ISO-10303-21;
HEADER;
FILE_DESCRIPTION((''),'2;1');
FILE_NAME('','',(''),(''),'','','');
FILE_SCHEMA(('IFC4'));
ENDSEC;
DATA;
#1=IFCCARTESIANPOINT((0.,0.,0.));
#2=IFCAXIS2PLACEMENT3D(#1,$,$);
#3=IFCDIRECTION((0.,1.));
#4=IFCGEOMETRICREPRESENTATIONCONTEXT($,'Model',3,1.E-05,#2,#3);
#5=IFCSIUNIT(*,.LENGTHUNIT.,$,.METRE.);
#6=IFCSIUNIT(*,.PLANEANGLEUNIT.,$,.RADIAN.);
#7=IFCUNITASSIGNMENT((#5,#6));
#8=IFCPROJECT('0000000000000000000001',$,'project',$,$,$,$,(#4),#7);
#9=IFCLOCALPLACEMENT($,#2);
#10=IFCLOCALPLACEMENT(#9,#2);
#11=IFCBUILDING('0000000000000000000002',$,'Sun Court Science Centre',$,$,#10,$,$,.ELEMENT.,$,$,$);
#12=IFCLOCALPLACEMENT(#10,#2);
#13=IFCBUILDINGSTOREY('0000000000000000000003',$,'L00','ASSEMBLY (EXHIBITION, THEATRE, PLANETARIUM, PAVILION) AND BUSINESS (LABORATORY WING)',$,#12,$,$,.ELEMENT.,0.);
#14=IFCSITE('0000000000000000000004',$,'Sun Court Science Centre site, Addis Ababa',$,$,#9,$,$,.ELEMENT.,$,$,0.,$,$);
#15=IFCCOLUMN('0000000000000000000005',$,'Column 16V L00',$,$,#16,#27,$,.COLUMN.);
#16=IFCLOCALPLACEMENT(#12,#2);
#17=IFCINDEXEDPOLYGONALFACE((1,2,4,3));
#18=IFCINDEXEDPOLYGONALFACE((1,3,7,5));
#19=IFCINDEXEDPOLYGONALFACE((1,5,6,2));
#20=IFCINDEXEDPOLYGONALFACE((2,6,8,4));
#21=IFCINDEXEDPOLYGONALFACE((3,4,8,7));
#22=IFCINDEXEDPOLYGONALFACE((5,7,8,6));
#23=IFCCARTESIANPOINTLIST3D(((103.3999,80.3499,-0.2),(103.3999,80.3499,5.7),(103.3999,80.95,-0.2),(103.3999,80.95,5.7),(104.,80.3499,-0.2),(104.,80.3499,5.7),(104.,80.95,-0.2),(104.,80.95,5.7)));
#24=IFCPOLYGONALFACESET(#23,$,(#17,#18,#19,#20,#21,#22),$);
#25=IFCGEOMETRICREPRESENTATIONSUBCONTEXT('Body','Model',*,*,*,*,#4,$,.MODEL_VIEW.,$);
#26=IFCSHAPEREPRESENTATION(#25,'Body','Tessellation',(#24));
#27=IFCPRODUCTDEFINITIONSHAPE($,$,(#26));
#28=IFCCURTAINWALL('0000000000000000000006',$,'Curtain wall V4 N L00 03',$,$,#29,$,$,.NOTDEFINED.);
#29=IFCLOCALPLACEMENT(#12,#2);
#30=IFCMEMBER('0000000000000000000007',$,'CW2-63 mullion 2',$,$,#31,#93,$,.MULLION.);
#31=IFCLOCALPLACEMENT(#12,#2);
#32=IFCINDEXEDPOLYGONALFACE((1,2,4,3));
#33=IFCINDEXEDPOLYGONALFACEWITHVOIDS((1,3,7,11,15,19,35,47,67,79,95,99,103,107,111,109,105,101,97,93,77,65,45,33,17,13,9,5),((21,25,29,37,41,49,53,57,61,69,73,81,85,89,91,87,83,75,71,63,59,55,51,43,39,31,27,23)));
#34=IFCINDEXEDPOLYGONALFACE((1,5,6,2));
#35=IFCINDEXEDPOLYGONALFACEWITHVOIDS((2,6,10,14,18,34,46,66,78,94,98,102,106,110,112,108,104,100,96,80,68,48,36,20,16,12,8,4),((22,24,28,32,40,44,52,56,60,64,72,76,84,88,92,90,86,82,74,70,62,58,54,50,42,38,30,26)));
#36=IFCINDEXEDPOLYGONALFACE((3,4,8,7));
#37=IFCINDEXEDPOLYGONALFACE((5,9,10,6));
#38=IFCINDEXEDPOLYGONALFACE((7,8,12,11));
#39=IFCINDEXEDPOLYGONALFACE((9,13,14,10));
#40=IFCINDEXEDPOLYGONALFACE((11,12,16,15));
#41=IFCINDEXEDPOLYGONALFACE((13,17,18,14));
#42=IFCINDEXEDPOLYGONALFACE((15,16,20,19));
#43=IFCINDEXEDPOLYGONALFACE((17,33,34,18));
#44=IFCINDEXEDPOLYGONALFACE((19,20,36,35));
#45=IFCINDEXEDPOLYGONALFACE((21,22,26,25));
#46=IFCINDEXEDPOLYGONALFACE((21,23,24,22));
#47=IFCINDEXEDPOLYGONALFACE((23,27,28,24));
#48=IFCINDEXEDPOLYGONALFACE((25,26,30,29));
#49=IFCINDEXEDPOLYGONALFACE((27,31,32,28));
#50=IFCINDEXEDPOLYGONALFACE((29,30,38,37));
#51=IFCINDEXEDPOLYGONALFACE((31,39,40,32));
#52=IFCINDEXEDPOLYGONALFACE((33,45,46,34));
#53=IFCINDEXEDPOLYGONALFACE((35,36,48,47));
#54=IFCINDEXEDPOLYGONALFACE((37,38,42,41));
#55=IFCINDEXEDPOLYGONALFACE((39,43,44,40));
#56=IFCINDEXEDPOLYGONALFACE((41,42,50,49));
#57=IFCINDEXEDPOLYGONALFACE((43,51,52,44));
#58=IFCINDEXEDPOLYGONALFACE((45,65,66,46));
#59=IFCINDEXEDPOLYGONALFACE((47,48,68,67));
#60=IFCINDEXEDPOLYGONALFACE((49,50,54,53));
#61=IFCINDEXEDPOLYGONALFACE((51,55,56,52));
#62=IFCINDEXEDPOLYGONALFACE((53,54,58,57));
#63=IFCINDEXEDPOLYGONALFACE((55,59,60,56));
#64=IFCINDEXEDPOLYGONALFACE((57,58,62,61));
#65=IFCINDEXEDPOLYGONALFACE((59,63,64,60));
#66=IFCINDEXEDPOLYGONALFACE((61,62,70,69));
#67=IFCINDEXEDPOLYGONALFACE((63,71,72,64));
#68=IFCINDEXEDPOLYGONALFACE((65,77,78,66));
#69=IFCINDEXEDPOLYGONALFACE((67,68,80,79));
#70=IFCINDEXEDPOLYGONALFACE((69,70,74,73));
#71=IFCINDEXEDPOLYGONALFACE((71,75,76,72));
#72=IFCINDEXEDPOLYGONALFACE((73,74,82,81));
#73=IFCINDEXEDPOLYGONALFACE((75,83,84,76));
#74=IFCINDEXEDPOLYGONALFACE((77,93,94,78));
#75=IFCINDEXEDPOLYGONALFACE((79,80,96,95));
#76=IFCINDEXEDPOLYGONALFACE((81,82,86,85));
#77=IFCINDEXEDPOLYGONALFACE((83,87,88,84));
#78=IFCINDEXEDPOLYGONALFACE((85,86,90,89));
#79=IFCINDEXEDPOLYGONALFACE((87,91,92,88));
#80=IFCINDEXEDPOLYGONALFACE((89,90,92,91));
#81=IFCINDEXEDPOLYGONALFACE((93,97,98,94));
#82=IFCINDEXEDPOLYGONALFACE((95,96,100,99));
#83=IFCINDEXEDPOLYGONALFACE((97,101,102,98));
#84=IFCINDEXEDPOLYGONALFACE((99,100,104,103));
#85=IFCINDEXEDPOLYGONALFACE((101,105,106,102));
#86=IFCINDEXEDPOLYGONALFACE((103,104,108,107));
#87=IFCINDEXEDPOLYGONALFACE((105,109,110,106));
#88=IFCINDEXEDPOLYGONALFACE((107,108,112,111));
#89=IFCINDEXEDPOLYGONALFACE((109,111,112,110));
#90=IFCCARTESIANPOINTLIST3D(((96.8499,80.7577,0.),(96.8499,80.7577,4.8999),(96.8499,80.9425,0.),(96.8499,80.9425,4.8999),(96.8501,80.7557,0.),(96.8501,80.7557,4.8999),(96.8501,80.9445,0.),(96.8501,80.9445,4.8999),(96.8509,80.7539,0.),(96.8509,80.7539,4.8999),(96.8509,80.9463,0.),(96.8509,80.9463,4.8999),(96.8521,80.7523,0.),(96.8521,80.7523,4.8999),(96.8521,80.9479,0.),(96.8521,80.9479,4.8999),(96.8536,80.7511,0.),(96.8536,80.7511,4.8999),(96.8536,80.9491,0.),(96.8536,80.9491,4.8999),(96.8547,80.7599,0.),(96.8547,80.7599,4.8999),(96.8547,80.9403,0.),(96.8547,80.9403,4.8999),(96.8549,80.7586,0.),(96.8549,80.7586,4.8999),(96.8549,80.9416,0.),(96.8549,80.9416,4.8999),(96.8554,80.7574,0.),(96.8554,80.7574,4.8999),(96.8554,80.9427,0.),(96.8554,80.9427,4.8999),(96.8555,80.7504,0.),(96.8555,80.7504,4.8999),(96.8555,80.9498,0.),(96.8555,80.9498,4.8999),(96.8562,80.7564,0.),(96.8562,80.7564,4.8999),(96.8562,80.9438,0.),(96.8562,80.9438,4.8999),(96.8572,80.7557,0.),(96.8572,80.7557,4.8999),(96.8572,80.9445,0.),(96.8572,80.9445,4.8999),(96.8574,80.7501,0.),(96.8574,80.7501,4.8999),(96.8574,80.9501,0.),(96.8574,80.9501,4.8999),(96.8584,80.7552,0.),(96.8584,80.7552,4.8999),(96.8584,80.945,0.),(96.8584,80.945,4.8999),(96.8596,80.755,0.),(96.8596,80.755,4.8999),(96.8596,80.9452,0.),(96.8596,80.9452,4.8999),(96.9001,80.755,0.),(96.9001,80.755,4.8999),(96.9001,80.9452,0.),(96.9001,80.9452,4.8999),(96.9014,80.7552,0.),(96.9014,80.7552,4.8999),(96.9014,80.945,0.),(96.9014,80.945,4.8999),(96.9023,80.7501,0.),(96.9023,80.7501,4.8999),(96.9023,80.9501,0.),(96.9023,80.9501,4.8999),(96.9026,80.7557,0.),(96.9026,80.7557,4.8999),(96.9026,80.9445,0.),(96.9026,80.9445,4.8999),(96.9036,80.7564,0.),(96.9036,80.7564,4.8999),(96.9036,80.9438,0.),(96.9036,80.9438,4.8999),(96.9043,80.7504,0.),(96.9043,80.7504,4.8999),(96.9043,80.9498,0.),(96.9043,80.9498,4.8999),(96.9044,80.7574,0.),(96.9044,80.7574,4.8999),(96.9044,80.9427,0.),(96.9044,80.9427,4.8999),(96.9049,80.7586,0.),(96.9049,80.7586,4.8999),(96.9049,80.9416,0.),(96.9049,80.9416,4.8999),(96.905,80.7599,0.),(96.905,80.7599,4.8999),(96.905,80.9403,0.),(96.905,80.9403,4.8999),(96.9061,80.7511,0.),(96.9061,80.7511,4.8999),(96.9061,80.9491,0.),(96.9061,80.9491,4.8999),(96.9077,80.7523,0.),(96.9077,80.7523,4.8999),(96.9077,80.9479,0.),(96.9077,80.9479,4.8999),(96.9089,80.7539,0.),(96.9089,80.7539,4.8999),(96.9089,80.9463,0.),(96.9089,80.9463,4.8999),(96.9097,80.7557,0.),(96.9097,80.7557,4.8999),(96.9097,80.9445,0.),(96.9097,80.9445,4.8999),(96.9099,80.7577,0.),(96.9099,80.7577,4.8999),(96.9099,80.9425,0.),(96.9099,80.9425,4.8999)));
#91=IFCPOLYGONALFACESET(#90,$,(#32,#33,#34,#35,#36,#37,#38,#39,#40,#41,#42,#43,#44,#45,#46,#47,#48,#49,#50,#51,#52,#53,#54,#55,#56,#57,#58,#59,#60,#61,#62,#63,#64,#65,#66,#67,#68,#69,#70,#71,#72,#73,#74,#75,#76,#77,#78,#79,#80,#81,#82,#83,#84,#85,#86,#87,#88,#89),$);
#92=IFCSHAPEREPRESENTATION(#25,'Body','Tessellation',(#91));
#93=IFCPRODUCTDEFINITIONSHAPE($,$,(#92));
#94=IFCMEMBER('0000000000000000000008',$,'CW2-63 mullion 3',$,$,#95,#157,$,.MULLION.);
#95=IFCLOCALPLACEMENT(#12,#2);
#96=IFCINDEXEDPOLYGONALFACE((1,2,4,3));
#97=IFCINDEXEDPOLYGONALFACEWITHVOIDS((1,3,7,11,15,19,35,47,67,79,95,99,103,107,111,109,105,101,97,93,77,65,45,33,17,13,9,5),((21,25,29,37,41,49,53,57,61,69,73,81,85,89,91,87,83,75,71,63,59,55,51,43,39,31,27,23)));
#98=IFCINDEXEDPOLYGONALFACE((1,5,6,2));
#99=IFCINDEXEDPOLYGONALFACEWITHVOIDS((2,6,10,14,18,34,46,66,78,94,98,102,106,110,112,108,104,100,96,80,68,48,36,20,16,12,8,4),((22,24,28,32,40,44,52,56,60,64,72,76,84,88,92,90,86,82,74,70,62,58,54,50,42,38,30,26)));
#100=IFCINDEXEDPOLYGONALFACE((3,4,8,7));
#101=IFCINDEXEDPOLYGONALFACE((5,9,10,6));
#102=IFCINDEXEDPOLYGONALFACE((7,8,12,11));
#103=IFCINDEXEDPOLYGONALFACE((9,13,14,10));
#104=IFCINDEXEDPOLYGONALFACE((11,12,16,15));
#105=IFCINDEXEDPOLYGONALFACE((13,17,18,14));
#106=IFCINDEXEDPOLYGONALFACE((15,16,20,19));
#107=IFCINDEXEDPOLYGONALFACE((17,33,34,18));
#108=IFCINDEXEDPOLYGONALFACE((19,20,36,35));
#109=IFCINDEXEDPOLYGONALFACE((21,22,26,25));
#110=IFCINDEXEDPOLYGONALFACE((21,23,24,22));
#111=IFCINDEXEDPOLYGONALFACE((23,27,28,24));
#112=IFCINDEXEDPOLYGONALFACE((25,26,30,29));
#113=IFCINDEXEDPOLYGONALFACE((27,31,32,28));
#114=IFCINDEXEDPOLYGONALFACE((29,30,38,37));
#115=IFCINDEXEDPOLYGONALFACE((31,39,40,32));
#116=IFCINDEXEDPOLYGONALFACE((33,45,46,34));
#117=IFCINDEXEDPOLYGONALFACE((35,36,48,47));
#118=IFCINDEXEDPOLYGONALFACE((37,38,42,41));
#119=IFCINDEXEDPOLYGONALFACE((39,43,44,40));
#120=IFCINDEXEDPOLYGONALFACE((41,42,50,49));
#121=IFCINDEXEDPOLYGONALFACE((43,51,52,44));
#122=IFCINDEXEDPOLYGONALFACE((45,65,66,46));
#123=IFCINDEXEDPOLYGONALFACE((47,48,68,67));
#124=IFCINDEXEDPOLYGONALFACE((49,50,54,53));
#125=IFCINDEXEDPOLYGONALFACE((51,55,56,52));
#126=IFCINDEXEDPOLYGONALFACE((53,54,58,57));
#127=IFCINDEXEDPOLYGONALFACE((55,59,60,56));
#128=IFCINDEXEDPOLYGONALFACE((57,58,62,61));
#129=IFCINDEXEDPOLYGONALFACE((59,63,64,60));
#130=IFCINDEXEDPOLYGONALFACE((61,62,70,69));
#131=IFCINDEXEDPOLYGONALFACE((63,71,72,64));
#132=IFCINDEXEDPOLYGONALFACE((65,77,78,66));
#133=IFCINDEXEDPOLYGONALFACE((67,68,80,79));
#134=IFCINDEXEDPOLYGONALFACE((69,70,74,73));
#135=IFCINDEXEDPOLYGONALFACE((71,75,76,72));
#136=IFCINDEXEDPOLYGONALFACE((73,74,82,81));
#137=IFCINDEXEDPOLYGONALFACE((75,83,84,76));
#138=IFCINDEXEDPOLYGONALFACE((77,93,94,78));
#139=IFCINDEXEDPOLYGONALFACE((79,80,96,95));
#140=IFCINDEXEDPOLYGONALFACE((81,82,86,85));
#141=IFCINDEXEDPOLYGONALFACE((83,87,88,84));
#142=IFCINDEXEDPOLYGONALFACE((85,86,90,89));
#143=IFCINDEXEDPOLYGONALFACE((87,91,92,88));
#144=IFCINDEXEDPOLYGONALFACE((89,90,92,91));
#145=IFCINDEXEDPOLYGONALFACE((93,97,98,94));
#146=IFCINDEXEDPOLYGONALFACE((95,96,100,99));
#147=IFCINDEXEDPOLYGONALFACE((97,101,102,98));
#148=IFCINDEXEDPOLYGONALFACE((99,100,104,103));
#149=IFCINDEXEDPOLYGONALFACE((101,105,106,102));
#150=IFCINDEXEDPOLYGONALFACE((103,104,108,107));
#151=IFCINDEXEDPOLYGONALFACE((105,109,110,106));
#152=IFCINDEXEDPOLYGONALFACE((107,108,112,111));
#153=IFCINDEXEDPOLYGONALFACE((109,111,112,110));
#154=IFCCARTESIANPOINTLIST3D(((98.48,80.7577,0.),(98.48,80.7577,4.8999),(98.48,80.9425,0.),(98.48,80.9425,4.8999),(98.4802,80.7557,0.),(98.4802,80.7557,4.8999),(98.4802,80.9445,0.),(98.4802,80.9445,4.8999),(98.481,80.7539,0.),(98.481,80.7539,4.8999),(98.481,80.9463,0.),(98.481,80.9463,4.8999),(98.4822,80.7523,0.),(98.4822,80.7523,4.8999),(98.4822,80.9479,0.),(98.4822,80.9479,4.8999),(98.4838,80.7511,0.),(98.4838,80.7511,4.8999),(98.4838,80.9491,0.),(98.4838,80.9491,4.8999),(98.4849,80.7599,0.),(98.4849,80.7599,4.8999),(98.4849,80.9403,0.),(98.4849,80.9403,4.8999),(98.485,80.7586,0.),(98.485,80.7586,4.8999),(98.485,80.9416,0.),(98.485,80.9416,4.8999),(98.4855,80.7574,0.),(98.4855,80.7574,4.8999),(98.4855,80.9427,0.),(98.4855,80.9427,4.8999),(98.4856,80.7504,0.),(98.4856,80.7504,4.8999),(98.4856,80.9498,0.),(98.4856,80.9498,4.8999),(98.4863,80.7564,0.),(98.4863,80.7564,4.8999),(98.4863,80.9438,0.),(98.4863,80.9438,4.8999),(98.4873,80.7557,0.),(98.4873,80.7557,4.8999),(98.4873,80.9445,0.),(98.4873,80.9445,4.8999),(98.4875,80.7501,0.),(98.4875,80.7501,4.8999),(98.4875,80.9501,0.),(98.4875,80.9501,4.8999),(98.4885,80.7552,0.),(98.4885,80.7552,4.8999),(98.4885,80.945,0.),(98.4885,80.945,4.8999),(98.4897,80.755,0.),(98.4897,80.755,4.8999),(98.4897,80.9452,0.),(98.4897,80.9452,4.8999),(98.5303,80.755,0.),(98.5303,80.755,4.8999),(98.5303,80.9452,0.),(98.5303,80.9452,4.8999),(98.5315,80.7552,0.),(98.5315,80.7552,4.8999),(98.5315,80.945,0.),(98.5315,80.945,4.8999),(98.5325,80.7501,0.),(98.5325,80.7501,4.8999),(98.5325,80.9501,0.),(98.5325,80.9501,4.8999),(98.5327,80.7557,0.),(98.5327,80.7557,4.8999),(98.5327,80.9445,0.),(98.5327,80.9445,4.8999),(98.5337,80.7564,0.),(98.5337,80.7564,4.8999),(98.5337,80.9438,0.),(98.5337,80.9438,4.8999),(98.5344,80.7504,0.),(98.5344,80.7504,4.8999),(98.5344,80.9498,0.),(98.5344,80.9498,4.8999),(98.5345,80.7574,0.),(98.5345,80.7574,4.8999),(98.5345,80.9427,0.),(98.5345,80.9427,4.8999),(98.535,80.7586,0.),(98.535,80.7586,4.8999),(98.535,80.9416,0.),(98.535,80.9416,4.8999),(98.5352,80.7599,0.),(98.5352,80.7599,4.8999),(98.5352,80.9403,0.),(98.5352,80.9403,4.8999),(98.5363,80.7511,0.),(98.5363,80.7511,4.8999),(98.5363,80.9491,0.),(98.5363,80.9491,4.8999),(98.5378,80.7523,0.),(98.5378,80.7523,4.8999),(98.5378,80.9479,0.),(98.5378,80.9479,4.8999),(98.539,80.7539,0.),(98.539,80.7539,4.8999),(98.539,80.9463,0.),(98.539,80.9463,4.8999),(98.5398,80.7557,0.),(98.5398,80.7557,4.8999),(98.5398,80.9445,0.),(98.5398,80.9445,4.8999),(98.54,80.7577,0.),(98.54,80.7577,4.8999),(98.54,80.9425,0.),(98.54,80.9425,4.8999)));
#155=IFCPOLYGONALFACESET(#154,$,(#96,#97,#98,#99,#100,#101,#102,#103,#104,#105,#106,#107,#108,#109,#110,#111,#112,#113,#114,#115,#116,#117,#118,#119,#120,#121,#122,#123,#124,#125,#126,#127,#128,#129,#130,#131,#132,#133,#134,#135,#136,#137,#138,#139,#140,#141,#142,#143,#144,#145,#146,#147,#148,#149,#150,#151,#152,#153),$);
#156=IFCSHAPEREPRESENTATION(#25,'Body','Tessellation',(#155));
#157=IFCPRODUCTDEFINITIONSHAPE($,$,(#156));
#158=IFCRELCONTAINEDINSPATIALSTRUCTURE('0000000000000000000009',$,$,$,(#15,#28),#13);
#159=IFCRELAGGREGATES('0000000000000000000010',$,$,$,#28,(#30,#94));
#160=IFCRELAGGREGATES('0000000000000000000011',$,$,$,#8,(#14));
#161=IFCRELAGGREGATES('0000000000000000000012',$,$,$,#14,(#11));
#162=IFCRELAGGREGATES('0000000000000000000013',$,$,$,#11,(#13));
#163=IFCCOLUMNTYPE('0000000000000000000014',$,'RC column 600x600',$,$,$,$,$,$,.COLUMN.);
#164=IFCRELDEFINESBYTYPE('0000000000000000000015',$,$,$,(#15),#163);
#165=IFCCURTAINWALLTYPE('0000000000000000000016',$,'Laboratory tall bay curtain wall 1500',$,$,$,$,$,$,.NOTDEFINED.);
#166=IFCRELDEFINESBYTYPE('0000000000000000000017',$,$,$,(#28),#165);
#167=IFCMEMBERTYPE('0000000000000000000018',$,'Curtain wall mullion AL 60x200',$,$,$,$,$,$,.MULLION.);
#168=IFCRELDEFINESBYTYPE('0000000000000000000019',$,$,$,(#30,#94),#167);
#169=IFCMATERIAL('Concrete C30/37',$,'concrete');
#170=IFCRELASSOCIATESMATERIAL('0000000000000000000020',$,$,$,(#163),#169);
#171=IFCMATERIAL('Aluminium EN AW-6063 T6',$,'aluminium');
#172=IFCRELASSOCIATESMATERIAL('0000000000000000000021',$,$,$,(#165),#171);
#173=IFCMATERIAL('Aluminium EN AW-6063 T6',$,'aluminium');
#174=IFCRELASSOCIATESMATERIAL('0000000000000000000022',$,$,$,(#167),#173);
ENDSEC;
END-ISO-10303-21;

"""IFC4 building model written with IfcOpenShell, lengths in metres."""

from ifc_helpers import new_model, si_unit, direction, frame, origin, origin_2d, place, context, subcontext, project, spatial, rectangle, hollow_rectangle, extrude, material, material_profile, profile_set, type_object, element, aggregate, save


model = new_model("IFC4")

# Units and contexts
model_context = context("Model", 3, precision=1e-05, world=origin(), true_north=direction((0.0, 1.0)))
body_context = subcontext(model_context, "Body", "Model", "MODEL_VIEW")
ifc_project = project(units=[si_unit("LENGTHUNIT", "METRE"), si_unit("PLANEANGLEUNIT", "RADIAN")], contexts=[model_context])

# Site, building, storey
site_placement = place(None, origin())
site = spatial("IfcSite", under=ifc_project, at=site_placement, Name="Sun Court Science Centre site, Addis Ababa", CompositionType="ELEMENT", RefElevation=0.0)
building_placement = place(site_placement, origin())
building = spatial("IfcBuilding", under=site, at=building_placement, Name="Sun Court Science Centre", CompositionType="ELEMENT")
storey_placement = place(building_placement, origin())
storey = spatial("IfcBuildingStorey", under=building, at=storey_placement, Name="L00", Description="ASSEMBLY (EXHIBITION, THEATRE, PLANETARIUM, PAVILION) AND BUSINESS (LABORATORY WING)", CompositionType="ELEMENT", Elevation=0.0)

# Column
ifc_material_1 = material(Name="Concrete C30/37", Category="concrete")
ifc_material_profile_1 = material_profile(ifc_material_1, rectangle(XDim=0.6001, YDim=0.6001, at=origin_2d()), Name="RC 600x600")
ifc_profile_set_1 = profile_set([ifc_material_profile_1], Name="Concrete C30/37")
column_type = type_object("IfcColumnType", Name="RC column 600x600", PredefinedType="COLUMN", material=ifc_profile_set_1)
column_placement = place(storey_placement, frame((103.7, 80.6499, -0.2), z_axis=(0.0, 0.0, 1.0), x_axis=(1.0, 0.0, 0.0)))
element("IfcColumn", 1, at=column_placement, inside=storey, type_object=column_type, Name="Column 16V L00", PredefinedType="COLUMN", context=body_context, shape_type="SweptSolid", body=[
    extrude(rectangle(XDim=0.6001, YDim=0.6001, at=origin_2d()), origin(), (0.0, 0.0, 1.0), 5.8999),
])

# Curtain wall, members
ifc_material_2 = material(Name="Aluminium EN AW-6063 T6", Category="aluminium")
curtain_wall_type = type_object("IfcCurtainWallType", Name="Laboratory tall bay curtain wall 1500", PredefinedType="NOTDEFINED", material=ifc_material_2)
curtain_wall_placement = place(storey_placement, origin())
curtain_wall = element("IfcCurtainWall", 2, at=curtain_wall_placement, inside=storey, type_object=curtain_wall_type, Name="Curtain wall V4 N L00 03", PredefinedType="NOTDEFINED")
ifc_material_3 = material(Name="Aluminium EN AW-6063 T6", Category="aluminium")
ifc_material_profile_2 = material_profile(ifc_material_3, hollow_rectangle(XDim=0.0601, YDim=0.2, WallThickness=0.0049, InnerFilletRadius=0.0049, OuterFilletRadius=0.0076, at=origin_2d()), Name="AL 60x200x5")
ifc_profile_set_2 = profile_set([ifc_material_profile_2], Name="Aluminium EN AW-6063 T6")
member_type_1 = type_object("IfcMemberType", Name="Curtain wall mullion AL 60x200", PredefinedType="MULLION", material=ifc_profile_set_2)
member_1_placement = place(storey_placement, frame((96.8799, 80.8501, 0.0), z_axis=(0.0, 0.0, 1.0), x_axis=(1.0, 0.0, 0.0)))
member_1 = element("IfcMember", 3, at=member_1_placement, type_object=member_type_1, Name="CW2-63 mullion 2", PredefinedType="MULLION", context=body_context, shape_type="SweptSolid", body=[
    extrude(hollow_rectangle(XDim=0.0601, YDim=0.2, WallThickness=0.0049, InnerFilletRadius=0.0049, OuterFilletRadius=0.0076, at=origin_2d()), origin(), (0.0, 0.0, 1.0), 4.8999),
])
member_2_placement = place(storey_placement, frame((98.51, 80.8501, 0.0), z_axis=(0.0, 0.0, 1.0), x_axis=(1.0, 0.0, 0.0)))
member_2 = element("IfcMember", 4, at=member_2_placement, type_object=member_type_1, Name="CW2-63 mullion 3", PredefinedType="MULLION", context=body_context, shape_type="SweptSolid", body=[
    extrude(hollow_rectangle(XDim=0.0601, YDim=0.2, WallThickness=0.0049, InnerFilletRadius=0.0049, OuterFilletRadius=0.0076, at=origin_2d()), origin(), (0.0, 0.0, 1.0), 4.8999),
])
aggregate(curtain_wall, [member_1, member_2])

save(model, "model.ifc")
